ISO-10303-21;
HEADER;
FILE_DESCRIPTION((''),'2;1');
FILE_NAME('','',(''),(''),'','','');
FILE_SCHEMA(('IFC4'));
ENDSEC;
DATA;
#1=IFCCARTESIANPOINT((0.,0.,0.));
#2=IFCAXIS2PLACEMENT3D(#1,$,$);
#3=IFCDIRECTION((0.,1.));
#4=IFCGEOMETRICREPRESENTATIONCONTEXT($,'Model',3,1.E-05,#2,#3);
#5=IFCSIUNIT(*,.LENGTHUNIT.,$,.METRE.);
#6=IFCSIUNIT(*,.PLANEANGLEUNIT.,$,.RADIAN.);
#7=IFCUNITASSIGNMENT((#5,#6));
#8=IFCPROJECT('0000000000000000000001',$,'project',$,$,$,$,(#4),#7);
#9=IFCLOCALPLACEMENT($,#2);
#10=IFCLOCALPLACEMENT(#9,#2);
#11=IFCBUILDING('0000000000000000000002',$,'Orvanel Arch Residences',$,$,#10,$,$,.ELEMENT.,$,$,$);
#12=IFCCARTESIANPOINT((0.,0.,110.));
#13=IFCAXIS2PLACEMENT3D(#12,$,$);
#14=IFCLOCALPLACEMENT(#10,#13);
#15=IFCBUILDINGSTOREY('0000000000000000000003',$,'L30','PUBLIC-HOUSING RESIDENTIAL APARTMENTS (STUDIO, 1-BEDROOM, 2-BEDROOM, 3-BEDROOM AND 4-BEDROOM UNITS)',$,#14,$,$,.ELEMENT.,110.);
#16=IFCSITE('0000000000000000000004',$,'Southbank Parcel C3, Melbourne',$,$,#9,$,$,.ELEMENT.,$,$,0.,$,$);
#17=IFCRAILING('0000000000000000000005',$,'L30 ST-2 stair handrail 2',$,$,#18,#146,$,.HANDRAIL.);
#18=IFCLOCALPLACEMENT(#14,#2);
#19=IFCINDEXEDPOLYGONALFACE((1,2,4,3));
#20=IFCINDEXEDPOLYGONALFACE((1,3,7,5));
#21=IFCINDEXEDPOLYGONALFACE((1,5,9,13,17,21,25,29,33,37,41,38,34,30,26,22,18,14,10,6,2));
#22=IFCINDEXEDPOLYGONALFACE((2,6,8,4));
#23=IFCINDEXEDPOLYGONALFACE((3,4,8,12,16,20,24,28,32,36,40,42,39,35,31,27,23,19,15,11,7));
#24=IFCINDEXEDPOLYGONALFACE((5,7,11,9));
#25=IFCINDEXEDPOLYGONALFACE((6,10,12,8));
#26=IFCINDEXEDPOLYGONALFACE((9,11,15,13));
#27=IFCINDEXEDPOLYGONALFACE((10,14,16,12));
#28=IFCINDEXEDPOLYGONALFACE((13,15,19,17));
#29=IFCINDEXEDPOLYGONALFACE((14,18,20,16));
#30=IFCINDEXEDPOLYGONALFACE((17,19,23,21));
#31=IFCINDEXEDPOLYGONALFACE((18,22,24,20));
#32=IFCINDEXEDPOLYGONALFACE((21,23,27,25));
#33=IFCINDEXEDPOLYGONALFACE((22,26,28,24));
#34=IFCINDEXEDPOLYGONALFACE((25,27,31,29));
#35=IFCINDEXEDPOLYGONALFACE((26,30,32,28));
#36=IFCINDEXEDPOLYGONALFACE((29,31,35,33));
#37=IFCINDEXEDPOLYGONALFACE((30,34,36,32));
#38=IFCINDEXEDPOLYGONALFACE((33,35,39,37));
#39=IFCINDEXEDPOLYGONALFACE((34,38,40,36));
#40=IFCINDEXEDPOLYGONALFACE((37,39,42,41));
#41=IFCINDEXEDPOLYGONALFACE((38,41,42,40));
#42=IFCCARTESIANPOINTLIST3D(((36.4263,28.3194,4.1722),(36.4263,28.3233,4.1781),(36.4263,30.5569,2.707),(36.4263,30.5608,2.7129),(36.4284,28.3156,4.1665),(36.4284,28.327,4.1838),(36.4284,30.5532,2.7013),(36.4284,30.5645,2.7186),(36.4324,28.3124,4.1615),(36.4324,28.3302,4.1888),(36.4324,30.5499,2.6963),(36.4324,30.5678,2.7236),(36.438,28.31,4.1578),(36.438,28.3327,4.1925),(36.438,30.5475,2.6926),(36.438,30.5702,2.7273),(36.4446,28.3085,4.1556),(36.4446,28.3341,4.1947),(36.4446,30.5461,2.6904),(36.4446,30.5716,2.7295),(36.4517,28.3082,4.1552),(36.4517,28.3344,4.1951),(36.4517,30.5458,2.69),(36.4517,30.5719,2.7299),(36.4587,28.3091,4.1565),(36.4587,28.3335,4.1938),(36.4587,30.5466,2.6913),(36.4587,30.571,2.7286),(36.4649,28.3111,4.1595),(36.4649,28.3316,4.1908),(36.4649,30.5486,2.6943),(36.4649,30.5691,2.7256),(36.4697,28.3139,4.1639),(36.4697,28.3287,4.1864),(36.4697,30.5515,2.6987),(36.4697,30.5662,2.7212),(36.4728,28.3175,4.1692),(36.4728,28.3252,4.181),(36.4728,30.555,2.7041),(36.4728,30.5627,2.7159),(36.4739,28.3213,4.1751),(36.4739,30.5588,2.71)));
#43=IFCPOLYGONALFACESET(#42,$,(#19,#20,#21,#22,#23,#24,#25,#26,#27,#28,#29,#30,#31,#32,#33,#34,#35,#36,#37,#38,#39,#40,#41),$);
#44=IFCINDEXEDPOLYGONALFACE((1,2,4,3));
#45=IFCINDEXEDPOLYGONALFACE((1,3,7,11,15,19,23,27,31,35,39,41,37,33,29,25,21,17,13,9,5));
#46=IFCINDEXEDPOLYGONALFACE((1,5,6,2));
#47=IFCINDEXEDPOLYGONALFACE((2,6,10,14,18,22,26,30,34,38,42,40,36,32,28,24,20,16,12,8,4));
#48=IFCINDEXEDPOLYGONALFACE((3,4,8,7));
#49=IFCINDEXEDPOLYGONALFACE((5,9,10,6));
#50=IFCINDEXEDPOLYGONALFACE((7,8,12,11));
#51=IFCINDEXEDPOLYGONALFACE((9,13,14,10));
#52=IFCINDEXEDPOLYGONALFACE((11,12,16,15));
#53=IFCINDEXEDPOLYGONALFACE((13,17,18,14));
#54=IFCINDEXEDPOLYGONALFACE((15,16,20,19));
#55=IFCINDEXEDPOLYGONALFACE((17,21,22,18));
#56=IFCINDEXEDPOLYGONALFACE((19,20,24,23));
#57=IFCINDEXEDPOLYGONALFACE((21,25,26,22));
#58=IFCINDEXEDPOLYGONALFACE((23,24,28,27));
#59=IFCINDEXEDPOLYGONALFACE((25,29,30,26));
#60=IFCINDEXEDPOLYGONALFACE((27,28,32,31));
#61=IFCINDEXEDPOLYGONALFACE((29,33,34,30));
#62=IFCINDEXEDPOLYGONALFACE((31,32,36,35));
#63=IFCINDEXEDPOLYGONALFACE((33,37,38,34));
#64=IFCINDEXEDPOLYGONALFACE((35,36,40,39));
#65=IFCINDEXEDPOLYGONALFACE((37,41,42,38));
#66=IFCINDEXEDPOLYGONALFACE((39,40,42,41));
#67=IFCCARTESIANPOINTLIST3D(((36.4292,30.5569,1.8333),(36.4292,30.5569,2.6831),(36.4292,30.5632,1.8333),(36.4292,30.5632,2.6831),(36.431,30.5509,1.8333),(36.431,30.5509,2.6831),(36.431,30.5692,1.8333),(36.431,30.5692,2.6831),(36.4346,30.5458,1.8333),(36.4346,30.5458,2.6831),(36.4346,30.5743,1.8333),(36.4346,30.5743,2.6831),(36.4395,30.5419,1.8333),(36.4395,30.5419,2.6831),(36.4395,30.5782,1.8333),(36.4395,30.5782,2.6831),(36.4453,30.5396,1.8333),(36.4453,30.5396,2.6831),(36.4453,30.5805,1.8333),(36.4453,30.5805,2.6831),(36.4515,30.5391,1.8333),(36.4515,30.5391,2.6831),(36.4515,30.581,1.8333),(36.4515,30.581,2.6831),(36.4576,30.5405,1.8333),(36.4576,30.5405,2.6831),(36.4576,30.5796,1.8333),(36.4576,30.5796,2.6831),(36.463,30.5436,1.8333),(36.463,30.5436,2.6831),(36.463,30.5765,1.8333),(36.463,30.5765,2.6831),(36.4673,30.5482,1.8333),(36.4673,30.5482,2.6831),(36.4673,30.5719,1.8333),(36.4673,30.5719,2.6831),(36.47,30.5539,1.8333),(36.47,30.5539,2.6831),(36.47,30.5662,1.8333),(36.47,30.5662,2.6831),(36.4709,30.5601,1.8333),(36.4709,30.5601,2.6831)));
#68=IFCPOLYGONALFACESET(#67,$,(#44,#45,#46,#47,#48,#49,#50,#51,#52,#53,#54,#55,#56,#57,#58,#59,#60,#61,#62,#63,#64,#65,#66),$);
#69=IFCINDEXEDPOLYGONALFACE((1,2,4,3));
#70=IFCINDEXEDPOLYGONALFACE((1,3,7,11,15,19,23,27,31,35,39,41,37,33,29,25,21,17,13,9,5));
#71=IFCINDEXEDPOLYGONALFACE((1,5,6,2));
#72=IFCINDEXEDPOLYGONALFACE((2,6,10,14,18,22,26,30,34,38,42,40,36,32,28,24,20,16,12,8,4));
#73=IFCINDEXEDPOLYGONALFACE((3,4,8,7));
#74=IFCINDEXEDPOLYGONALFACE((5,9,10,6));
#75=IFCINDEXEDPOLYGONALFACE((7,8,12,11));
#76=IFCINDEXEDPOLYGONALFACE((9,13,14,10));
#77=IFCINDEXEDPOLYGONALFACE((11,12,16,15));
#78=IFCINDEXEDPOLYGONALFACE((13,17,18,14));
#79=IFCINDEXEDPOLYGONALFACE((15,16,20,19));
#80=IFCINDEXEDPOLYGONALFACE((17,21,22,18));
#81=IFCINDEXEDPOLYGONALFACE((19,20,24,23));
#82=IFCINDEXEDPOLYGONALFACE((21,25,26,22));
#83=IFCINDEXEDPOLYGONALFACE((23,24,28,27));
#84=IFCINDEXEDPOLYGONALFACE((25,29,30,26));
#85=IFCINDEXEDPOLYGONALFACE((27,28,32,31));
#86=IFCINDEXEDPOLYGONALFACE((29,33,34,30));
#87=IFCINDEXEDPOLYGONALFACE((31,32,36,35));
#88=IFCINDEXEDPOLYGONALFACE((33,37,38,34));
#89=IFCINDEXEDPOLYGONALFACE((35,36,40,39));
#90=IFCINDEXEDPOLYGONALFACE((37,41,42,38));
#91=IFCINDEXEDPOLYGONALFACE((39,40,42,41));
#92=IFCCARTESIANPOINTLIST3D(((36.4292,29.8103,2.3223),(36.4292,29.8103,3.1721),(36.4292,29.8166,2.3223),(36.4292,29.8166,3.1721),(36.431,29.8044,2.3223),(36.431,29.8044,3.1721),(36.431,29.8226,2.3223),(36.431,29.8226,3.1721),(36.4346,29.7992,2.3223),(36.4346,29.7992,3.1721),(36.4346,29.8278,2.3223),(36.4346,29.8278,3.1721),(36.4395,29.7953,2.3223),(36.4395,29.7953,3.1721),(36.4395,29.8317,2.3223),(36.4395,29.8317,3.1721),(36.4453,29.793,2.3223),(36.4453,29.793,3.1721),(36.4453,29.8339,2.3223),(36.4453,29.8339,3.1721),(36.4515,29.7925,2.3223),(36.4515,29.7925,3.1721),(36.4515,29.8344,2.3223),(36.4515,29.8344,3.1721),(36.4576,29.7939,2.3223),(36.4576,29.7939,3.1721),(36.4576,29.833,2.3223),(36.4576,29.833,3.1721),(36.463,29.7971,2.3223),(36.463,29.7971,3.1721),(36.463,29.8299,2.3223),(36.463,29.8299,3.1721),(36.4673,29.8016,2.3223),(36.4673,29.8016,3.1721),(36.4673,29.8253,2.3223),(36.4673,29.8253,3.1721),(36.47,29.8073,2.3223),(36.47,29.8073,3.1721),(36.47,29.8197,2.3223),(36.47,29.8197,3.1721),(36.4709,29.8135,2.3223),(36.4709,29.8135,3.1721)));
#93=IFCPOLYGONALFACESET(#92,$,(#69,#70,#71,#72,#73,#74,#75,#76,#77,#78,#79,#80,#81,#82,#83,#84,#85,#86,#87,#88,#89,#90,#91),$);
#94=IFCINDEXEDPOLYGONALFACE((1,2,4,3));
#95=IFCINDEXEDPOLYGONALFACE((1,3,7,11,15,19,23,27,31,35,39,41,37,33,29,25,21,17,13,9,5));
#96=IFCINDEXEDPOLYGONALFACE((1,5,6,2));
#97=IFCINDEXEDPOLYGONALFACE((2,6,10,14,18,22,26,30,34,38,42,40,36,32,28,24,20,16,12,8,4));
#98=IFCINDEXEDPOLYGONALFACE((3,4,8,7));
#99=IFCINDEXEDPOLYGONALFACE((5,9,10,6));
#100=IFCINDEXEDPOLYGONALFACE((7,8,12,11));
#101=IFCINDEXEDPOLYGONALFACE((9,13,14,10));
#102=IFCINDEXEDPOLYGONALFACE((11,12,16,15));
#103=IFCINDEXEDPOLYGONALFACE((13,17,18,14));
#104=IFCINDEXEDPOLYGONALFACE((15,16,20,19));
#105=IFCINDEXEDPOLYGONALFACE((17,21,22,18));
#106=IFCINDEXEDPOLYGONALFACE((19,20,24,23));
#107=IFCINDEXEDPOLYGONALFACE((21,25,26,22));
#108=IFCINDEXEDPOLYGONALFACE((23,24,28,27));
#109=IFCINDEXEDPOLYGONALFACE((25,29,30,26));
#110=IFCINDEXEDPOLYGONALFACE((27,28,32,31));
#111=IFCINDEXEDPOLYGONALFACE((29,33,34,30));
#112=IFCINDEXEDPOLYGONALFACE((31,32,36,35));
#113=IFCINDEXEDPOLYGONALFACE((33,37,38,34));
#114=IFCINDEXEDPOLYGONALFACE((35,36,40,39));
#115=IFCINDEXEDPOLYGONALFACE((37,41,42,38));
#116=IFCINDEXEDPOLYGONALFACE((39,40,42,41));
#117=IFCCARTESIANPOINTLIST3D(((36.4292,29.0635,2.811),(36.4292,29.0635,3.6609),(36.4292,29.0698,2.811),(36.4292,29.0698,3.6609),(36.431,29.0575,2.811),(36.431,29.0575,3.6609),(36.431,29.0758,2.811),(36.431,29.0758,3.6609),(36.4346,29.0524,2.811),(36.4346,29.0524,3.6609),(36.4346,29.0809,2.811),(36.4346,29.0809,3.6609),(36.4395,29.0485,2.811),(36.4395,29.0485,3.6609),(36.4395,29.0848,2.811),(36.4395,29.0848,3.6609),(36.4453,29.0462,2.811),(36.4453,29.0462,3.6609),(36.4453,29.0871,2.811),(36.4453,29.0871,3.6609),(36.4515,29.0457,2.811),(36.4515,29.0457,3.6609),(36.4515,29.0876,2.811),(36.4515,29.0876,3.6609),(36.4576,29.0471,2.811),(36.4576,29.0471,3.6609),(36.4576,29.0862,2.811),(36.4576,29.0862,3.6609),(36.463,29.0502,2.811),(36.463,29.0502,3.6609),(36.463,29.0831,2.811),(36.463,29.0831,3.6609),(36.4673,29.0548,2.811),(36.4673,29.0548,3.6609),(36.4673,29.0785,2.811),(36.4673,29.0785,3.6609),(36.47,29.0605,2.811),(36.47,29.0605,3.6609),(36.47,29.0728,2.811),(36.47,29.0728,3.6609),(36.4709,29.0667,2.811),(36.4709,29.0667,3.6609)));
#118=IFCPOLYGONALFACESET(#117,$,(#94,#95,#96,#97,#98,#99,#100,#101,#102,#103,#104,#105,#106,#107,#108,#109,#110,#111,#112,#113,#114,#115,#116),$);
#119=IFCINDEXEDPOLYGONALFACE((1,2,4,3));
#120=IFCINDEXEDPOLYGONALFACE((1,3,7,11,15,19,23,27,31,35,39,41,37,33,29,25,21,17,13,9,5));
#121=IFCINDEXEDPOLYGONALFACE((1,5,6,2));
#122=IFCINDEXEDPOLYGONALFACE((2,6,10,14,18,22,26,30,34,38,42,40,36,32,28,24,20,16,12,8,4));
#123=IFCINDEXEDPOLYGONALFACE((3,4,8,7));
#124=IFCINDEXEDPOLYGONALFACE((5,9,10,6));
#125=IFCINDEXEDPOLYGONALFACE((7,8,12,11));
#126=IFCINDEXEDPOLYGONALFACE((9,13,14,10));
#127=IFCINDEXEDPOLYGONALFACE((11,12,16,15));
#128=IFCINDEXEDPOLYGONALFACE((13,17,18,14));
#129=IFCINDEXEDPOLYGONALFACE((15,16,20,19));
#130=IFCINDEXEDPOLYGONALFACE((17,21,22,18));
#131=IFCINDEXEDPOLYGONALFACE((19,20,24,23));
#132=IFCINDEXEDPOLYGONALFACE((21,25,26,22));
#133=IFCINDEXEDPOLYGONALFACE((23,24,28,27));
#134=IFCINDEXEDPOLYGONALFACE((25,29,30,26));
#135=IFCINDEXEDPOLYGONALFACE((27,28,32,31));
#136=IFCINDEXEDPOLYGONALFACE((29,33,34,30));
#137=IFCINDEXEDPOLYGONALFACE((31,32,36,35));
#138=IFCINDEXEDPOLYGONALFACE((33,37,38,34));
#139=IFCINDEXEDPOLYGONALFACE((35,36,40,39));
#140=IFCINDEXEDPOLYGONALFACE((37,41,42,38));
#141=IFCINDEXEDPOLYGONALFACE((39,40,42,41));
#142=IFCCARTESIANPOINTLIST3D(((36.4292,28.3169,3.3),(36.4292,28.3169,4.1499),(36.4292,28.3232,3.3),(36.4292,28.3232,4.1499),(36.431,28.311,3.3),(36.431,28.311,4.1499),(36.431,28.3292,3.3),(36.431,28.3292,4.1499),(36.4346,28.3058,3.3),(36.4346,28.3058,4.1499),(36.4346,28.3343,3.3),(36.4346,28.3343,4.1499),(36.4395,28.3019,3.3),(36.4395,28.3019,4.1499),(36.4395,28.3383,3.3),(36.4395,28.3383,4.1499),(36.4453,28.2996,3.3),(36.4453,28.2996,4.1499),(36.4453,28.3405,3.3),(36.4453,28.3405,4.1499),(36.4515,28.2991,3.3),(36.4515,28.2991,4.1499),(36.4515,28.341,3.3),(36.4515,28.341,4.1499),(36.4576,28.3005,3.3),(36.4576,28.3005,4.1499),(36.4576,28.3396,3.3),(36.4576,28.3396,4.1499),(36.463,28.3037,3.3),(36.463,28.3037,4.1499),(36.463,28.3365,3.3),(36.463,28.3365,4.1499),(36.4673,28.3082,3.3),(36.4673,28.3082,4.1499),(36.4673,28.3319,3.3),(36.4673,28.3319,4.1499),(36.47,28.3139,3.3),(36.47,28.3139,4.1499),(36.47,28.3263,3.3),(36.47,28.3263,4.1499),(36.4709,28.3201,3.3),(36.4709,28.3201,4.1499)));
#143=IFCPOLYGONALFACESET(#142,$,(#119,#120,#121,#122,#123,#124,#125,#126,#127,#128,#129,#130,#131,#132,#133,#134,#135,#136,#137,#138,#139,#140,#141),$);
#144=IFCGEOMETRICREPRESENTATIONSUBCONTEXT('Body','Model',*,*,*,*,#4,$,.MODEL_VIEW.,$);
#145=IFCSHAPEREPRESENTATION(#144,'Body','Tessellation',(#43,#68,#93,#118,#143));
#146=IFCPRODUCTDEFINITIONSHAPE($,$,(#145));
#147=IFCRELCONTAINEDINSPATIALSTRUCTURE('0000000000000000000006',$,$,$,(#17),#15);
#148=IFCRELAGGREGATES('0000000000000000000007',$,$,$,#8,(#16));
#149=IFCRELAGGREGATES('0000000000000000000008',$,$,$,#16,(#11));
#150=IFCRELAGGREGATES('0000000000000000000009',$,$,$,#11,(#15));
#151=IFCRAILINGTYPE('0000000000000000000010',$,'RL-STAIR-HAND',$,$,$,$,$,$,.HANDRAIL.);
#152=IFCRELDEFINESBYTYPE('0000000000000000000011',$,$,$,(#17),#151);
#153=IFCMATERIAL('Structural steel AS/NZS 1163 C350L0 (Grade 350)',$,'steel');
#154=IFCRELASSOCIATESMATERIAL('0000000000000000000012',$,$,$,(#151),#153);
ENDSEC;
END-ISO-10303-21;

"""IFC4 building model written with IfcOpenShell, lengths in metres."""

from ifc_helpers import new_model, si_unit, direction, frame, origin, origin_2d, place, context, subcontext, project, spatial, circle, extrude, material, type_object, element, save


model = new_model("IFC4")

# Units and contexts
model_context = context("Model", 3, precision=1e-05, world=origin(), true_north=direction((0.0, 1.0)))
body_context = subcontext(model_context, "Body", "Model", "MODEL_VIEW")
ifc_project = project(units=[si_unit("LENGTHUNIT", "METRE"), si_unit("PLANEANGLEUNIT", "RADIAN")], contexts=[model_context])

# Site, building, storey
site_placement = place(None, origin())
site = spatial("IfcSite", under=ifc_project, at=site_placement, Name="Southbank Parcel C3, Melbourne", CompositionType="ELEMENT", RefElevation=0.0)
building_placement = place(site_placement, origin())
building = spatial("IfcBuilding", under=site, at=building_placement, Name="Orvanel Arch Residences", CompositionType="ELEMENT")
storey_placement = place(building_placement, frame((0.0, 0.0, 110.0)))
storey = spatial("IfcBuildingStorey", under=building, at=storey_placement, Name="L30", Description="PUBLIC-HOUSING RESIDENTIAL APARTMENTS (STUDIO, 1-BEDROOM, 2-BEDROOM, 3-BEDROOM AND 4-BEDROOM UNITS)", CompositionType="ELEMENT", Elevation=110.0)

# Railing
ifc_material_1 = material(Name="Structural steel AS/NZS 1163 C350L0 (Grade 350)", Category="steel")
railing_type_1 = type_object("IfcRailingType", Name="RL-STAIR-HAND", PredefinedType="HANDRAIL", material=ifc_material_1)
railing_1_placement = place(storey_placement, frame((36.45, 30.5601, 1.8333)))
element("IfcRailing", 1, at=railing_1_placement, inside=storey, type_object=railing_type_1, Name="L30 ST-2 stair handrail 2", PredefinedType="HANDRAIL", context=body_context, shape_type="SweptSolid", body=[
    extrude(circle(Radius=0.0239, at=origin_2d()), frame((0.0, -0.0012, 0.8767), z_axis=(0.0, -0.836595, 0.547822), x_axis=(1.0, 0.0, 0.0)), (0.0, 0.0, 1.0), 2.6746),
    extrude(circle(Radius=0.021, at=origin_2d()), origin(), (0.0, 0.0, 1.0), 0.8499),
    extrude(circle(Radius=0.021, at=origin_2d()), frame((0.0, -0.7466, 0.489)), (0.0, 0.0, 1.0), 0.8499),
    extrude(circle(Radius=0.021, at=origin_2d()), frame((0.0, -1.4934, 0.9778)), (0.0, 0.0, 1.0), 0.8499),
    extrude(circle(Radius=0.021, at=origin_2d()), frame((0.0, -2.24, 1.4668)), (0.0, 0.0, 1.0), 0.8499),
])

save(model, "model.ifc")
